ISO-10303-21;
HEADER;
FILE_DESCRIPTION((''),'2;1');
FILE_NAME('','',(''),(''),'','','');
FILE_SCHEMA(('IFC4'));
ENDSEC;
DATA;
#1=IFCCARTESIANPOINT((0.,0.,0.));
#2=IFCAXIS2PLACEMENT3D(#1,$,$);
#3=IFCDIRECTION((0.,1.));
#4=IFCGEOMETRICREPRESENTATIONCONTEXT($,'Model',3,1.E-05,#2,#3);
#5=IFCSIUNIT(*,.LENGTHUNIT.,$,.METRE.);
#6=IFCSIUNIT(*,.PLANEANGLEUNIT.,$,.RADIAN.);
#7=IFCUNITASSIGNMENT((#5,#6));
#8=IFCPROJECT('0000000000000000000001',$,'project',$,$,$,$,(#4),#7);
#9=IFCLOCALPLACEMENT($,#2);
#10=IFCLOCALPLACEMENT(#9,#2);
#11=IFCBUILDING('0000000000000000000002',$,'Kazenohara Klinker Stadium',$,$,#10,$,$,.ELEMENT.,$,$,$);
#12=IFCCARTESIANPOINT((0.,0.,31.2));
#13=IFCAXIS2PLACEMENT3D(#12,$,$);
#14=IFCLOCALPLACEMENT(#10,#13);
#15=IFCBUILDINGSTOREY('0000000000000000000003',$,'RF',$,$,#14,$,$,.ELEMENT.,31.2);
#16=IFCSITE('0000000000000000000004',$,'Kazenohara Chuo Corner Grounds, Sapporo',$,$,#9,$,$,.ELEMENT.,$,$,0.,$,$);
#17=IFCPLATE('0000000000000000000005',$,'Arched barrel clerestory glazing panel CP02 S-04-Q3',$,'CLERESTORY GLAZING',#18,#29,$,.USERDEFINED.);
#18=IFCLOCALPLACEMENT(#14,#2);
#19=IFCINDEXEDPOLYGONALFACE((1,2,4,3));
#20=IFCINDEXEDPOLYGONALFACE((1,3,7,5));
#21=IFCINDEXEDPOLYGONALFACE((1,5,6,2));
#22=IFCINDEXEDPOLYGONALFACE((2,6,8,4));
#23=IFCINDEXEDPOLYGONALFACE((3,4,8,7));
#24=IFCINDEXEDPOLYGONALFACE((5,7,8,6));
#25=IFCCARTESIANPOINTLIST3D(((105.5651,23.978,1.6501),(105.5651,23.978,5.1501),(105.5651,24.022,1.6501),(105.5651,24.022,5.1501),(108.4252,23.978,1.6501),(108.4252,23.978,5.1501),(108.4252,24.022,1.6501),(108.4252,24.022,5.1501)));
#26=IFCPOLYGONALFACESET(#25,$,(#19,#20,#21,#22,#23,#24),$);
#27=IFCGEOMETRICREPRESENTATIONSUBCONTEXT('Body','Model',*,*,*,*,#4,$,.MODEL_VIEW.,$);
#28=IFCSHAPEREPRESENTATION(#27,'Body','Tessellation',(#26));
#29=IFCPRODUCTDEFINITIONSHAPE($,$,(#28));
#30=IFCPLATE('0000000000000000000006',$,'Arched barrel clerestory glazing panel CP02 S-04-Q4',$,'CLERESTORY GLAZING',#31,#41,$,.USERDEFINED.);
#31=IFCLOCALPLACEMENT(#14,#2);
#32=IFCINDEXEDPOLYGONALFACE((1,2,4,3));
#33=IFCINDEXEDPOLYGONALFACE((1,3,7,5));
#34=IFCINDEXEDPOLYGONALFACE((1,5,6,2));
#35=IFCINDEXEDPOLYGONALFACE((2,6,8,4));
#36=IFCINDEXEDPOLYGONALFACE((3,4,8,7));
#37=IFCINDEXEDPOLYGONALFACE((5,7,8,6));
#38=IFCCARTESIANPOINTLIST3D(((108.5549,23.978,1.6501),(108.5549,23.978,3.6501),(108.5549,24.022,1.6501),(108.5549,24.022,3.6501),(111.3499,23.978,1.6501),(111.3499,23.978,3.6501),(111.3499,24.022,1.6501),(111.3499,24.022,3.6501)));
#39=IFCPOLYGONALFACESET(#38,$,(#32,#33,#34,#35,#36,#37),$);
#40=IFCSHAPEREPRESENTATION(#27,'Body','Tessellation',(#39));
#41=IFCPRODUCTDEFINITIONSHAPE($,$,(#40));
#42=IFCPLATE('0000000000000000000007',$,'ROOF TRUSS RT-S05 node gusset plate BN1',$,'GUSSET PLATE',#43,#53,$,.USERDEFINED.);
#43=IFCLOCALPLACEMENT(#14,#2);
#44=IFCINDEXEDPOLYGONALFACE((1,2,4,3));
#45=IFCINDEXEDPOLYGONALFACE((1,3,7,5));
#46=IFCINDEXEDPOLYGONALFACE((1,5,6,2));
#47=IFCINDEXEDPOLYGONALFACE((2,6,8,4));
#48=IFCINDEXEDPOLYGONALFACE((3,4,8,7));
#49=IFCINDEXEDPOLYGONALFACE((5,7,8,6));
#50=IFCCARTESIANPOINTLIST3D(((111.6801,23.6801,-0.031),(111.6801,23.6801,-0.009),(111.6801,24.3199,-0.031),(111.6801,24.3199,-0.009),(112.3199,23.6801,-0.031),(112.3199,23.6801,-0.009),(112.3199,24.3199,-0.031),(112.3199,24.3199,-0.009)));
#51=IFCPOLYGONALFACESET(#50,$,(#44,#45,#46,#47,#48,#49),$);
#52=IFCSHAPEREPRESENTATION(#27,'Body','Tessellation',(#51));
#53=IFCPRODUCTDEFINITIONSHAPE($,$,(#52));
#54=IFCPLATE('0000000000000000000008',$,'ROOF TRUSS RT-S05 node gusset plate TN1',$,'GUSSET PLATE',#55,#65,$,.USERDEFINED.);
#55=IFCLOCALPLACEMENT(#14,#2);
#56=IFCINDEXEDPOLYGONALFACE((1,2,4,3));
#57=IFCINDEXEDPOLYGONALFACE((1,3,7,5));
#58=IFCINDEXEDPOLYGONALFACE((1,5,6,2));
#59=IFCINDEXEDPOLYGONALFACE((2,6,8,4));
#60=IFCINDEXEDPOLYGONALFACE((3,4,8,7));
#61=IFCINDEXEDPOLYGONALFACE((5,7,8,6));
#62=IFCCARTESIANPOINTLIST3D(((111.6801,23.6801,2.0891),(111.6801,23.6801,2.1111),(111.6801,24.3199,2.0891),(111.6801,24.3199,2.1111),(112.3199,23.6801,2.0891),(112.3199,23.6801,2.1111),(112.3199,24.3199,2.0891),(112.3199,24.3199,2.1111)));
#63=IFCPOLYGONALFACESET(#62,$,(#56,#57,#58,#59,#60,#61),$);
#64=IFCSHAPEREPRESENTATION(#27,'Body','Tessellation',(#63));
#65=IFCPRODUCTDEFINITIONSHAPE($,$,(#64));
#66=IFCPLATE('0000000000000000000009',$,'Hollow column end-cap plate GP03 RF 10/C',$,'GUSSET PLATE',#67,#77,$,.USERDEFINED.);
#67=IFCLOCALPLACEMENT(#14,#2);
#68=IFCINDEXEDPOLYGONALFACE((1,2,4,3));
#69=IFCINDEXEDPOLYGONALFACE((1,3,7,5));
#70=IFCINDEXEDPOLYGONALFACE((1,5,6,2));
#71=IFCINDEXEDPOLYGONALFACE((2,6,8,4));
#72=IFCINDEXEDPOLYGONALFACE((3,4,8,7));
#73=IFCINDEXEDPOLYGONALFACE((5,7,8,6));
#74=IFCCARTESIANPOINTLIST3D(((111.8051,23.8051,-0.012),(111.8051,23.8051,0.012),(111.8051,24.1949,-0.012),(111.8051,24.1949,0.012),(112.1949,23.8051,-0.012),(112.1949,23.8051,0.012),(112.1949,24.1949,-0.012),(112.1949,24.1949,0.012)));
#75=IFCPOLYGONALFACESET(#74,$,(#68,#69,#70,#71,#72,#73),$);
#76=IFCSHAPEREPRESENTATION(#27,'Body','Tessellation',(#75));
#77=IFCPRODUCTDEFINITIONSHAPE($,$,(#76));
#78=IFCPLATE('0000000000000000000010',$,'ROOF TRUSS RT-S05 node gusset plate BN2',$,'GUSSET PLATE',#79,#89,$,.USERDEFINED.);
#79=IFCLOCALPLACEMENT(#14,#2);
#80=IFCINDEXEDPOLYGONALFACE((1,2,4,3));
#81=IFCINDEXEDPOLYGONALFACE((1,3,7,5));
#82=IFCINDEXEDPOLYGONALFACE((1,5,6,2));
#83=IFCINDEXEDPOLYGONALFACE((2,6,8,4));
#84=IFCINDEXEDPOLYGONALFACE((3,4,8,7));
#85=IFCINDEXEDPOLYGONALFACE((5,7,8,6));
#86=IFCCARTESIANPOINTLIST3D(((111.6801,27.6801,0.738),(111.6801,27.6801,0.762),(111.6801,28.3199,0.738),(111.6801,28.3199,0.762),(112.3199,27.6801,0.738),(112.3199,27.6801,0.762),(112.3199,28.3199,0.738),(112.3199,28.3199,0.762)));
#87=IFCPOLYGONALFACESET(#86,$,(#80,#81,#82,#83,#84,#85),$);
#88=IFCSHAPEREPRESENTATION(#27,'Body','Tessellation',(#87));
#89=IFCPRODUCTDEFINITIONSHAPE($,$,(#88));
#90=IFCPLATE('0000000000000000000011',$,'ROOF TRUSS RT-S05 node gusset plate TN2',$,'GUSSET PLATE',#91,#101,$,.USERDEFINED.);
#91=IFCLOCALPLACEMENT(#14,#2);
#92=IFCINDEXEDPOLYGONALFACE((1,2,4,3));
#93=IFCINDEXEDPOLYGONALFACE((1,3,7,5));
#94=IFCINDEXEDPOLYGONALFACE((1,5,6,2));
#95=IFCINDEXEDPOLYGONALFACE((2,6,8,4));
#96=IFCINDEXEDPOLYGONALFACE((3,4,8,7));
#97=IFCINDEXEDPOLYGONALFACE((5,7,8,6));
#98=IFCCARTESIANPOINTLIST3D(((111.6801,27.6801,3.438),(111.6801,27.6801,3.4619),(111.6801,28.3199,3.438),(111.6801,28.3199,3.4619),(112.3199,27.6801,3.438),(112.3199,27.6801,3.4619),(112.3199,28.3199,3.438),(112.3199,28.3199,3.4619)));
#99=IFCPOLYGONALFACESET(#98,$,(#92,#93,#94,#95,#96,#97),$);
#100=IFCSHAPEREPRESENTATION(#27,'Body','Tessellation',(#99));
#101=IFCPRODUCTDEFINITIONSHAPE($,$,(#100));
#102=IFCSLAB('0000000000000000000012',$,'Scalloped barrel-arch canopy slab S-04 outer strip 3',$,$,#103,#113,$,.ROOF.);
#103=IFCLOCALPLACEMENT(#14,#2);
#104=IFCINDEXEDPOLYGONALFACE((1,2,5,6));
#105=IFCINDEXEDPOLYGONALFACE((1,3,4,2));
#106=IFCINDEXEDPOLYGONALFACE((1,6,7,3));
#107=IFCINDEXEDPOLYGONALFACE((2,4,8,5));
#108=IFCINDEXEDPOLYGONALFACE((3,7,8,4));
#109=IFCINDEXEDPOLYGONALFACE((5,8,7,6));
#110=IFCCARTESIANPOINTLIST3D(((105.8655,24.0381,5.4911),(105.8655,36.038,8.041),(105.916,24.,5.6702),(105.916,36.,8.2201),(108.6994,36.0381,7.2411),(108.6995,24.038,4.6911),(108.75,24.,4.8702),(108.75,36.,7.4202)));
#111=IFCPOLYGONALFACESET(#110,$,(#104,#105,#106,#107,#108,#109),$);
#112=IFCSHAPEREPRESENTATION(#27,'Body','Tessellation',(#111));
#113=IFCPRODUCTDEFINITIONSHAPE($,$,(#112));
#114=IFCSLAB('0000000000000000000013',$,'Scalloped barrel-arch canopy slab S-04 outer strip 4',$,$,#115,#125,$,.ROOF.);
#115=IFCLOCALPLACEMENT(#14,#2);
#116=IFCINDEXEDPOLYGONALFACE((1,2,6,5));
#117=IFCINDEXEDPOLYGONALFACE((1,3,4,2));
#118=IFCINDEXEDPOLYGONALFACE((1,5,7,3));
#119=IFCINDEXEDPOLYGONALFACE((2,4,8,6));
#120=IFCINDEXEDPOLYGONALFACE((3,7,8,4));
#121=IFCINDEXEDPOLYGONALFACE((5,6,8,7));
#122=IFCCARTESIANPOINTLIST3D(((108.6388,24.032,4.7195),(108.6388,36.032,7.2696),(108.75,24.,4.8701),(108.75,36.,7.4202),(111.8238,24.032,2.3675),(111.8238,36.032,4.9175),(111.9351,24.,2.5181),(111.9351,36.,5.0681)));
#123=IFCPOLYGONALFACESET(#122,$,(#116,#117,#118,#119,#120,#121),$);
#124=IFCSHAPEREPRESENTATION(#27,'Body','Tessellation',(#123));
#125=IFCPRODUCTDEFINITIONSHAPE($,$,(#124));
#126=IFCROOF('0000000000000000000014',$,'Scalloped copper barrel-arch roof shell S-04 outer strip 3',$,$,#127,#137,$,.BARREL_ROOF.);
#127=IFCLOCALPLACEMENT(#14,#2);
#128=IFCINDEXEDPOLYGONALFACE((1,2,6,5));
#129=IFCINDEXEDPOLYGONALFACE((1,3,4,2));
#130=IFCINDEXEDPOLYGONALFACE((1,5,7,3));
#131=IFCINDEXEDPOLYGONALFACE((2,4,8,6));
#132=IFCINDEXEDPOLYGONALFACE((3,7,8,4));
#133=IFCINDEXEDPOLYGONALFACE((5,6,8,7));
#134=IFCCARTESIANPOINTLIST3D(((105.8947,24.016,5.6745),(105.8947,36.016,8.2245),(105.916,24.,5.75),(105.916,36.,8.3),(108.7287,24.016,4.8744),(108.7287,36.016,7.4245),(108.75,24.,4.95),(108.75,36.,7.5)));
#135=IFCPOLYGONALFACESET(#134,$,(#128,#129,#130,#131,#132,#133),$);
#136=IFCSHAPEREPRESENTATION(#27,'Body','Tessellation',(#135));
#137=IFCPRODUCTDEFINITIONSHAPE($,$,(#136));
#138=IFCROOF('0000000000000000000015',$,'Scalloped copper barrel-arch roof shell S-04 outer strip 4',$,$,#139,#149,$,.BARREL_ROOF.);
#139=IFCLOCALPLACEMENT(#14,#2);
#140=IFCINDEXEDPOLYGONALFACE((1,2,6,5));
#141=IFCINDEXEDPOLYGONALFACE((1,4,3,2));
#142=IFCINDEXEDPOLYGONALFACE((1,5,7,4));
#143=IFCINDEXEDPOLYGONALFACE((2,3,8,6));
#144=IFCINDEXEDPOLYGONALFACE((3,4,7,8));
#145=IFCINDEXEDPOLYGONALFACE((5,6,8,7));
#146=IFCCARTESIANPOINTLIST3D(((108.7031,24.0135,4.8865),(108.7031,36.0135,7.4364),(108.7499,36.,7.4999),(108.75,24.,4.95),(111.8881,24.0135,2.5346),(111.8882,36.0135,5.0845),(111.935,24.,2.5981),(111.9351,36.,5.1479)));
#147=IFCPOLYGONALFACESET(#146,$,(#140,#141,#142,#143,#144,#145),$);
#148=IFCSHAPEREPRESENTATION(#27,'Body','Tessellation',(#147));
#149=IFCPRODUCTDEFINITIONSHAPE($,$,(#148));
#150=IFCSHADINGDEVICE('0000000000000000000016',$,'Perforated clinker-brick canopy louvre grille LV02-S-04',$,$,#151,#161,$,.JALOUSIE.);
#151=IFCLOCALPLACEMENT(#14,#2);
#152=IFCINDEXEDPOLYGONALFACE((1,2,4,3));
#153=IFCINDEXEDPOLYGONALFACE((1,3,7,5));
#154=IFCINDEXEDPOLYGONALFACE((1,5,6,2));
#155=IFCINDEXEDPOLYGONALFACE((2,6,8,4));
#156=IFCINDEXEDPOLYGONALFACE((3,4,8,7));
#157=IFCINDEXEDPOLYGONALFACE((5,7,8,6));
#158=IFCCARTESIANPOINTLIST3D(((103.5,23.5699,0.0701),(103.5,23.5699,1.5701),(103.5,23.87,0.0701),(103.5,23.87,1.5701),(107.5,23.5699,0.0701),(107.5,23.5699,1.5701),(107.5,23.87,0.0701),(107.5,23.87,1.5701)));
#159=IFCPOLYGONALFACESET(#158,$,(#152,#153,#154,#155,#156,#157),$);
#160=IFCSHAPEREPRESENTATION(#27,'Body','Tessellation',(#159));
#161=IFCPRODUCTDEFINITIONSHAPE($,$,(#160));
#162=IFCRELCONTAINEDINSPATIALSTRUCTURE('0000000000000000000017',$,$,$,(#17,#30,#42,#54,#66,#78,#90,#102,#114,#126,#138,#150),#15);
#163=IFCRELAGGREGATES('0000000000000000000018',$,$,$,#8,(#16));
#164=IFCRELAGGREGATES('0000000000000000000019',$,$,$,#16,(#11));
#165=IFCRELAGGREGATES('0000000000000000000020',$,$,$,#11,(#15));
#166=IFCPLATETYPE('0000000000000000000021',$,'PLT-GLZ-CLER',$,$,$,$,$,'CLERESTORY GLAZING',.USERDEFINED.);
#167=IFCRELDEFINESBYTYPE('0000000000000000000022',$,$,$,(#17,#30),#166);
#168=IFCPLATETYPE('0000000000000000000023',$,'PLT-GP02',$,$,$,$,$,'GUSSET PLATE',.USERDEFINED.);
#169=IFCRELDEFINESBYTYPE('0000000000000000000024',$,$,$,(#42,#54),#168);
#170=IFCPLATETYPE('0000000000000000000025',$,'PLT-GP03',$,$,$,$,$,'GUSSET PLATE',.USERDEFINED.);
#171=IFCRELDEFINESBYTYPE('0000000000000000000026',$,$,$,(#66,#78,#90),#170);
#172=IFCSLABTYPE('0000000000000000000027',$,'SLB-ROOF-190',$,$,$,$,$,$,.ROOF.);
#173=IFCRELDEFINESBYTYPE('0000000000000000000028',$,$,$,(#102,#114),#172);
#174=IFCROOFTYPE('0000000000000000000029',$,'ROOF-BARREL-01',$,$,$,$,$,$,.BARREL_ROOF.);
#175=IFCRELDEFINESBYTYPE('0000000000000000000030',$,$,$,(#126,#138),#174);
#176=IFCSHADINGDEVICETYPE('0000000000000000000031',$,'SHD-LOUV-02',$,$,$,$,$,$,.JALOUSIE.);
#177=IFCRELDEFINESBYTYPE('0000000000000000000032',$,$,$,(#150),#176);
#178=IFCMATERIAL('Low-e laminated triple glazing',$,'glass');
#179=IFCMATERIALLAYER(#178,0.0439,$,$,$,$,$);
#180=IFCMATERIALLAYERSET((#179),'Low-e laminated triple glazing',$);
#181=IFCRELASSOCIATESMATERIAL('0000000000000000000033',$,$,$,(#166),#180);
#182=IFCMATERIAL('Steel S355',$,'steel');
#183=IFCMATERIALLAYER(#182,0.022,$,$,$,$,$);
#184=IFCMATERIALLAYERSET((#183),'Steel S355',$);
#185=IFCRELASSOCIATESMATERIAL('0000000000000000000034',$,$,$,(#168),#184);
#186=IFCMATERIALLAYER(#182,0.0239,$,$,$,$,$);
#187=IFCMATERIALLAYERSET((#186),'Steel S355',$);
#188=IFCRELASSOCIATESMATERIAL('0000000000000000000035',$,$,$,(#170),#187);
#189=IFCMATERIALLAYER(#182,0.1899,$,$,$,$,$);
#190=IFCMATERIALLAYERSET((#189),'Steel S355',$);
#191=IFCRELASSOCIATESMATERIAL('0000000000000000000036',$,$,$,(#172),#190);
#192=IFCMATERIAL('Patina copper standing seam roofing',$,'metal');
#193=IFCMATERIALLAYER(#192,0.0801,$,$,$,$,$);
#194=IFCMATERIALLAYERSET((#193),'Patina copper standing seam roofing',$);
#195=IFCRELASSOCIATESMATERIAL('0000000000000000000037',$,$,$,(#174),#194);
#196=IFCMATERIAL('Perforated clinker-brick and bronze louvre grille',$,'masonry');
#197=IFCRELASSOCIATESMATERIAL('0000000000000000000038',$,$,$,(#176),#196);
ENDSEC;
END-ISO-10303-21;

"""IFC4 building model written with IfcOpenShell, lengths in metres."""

from ifc_helpers import new_model, si_unit, direction, frame, origin, origin_2d, place, context, subcontext, project, spatial, polyline, rectangle, outline, extrude, material, layer, layer_set, type_object, element, save


model = new_model("IFC4")

# Units and contexts
model_context = context("Model", 3, precision=1e-05, world=origin(), true_north=direction((0.0, 1.0)))
body_context = subcontext(model_context, "Body", "Model", "MODEL_VIEW")
ifc_project = project(units=[si_unit("LENGTHUNIT", "METRE"), si_unit("PLANEANGLEUNIT", "RADIAN")], contexts=[model_context])

# Site, building, storey
site_placement = place(None, origin())
site = spatial("IfcSite", under=ifc_project, at=site_placement, Name="Kazenohara Chuo Corner Grounds, Sapporo", CompositionType="ELEMENT", RefElevation=0.0)
building_placement = place(site_placement, origin())
building = spatial("IfcBuilding", under=site, at=building_placement, Name="Kazenohara Klinker Stadium", CompositionType="ELEMENT")
storey_placement = place(building_placement, frame((0.0, 0.0, 31.2)))
storey = spatial("IfcBuildingStorey", under=building, at=storey_placement, Name="RF", CompositionType="ELEMENT", Elevation=31.2)

# Shared definitions
ifc_material_1 = material(Name="Steel S355", Category="steel")

# Plates
ifc_material_2 = material(Name="Low-e laminated triple glazing", Category="glass")
ifc_layer_1 = layer(ifc_material_2, 0.0439)
ifc_layer_set_1 = layer_set([ifc_layer_1], Name="Low-e laminated triple glazing")
plate_type_1 = type_object("IfcPlateType", Name="PLT-GLZ-CLER", ElementType="CLERESTORY GLAZING", PredefinedType="USERDEFINED", material=ifc_layer_set_1)
plate_1_placement = place(storey_placement, frame((106.9951, 24.0, 1.6501), z_axis=(0.0, 0.0, 1.0), x_axis=(1.0, 0.0, 0.0)))
element("IfcPlate", 1, at=plate_1_placement, inside=storey, type_object=plate_type_1, Name="Arched barrel clerestory glazing panel CP02 S-04-Q3", ObjectType="CLERESTORY GLAZING", PredefinedType="USERDEFINED", context=body_context, shape_type="SweptSolid", body=[
    extrude(rectangle(XDim=2.8601, YDim=0.0439, at=origin_2d()), origin(), (0.0, 0.0, 1.0), 3.5),
])
plate_2_placement = place(storey_placement, frame((109.9524, 24.0, 1.6501), z_axis=(0.0, 0.0, 1.0), x_axis=(1.0, 0.0, 0.0)))
element("IfcPlate", 2, at=plate_2_placement, inside=storey, type_object=plate_type_1, Name="Arched barrel clerestory glazing panel CP02 S-04-Q4", ObjectType="CLERESTORY GLAZING", PredefinedType="USERDEFINED", context=body_context, shape_type="SweptSolid", body=[
    extrude(rectangle(XDim=2.7949, YDim=0.0439, at=origin_2d()), origin(), (0.0, 0.0, 1.0), 2.0),
])
ifc_layer_2 = layer(ifc_material_1, 0.022)
ifc_layer_set_2 = layer_set([ifc_layer_2], Name="Steel S355")
plate_type_2 = type_object("IfcPlateType", Name="PLT-GP02", ElementType="GUSSET PLATE", PredefinedType="USERDEFINED", material=ifc_layer_set_2)
for number, where, z_axis, x_axis, name in (
    (3, (112.0, 24.0, -0.031), (0.0, 0.0, 1.0), (1.0, 0.0, 0.0), "ROOF TRUSS RT-S05 node gusset plate BN1"),
    (4, (112.0, 24.0, 2.0891), (0.0, 0.0, 1.0), (1.0, 0.0, 0.0), "ROOF TRUSS RT-S05 node gusset plate TN1"),
):
    element("IfcPlate", number, at=place(storey_placement, frame(where, z_axis=z_axis, x_axis=x_axis)), inside=storey, type_object=plate_type_2, Name=name, ObjectType="GUSSET PLATE", PredefinedType="USERDEFINED", context=body_context, shape_type="SweptSolid", body=[
        extrude(rectangle(XDim=0.6399, YDim=0.6399, at=origin_2d()), origin(), (0.0, 0.0, 1.0), 0.022),
    ])
ifc_layer_3 = layer(ifc_material_1, 0.0239)
ifc_layer_set_3 = layer_set([ifc_layer_3], Name="Steel S355")
plate_type_3 = type_object("IfcPlateType", Name="PLT-GP03", ElementType="GUSSET PLATE", PredefinedType="USERDEFINED", material=ifc_layer_set_3)
plate_3_placement = place(storey_placement, frame((112.0, 24.0, -0.012), z_axis=(0.0, 0.0, 1.0), x_axis=(1.0, 0.0, 0.0)))
element("IfcPlate", 5, at=plate_3_placement, inside=storey, type_object=plate_type_3, Name="Hollow column end-cap plate GP03 RF 10/C", ObjectType="GUSSET PLATE", PredefinedType="USERDEFINED", context=body_context, shape_type="SweptSolid", body=[
    extrude(rectangle(XDim=0.3899, YDim=0.3899, at=origin_2d()), origin(), (0.0, 0.0, 1.0), 0.0239),
])
for number, where, z_axis, x_axis, name in (
    (6, (112.0, 28.0, 0.738), (0.0, 0.0, 1.0), (1.0, 0.0, 0.0), "ROOF TRUSS RT-S05 node gusset plate BN2"),
    (7, (112.0, 28.0, 3.438), (0.0, 0.0, 1.0), (1.0, 0.0, 0.0), "ROOF TRUSS RT-S05 node gusset plate TN2"),
):
    element("IfcPlate", number, at=place(storey_placement, frame(where, z_axis=z_axis, x_axis=x_axis)), inside=storey, type_object=plate_type_3, Name=name, ObjectType="GUSSET PLATE", PredefinedType="USERDEFINED", context=body_context, shape_type="SweptSolid", body=[
        extrude(rectangle(XDim=0.6399, YDim=0.6399, at=origin_2d()), origin(), (0.0, 0.0, 1.0), 0.0239),
    ])

# Slabs
ifc_layer_4 = layer(ifc_material_1, 0.1899)
ifc_layer_set_4 = layer_set([ifc_layer_4], Name="Steel S355")
slab_type = type_object("IfcSlabType", Name="SLB-ROOF-190", PredefinedType="ROOF", material=ifc_layer_set_4)
slab_1_placement = place(storey_placement, frame((105.916, 24.0, 5.6702), z_axis=(0.26614, -0.200357, 0.942882), x_axis=(0.000002, 0.97816, 0.207852)))
element("IfcSlab", 8, at=slab_1_placement, inside=storey, type_object=slab_type, Name="Scalloped barrel-arch canopy slab S-04 outer strip 3", PredefinedType="ROOF", context=body_context, shape_type="SweptSolid", body=[
    extrude(outline(polyline([(0.0, 0.0), (12.2679, 0.0), (12.1017, -2.94), (-0.1663, -2.9401), (0.0, 0.0)])), origin(), (0.0, 0.0, -1.0), 0.1899),
])
slab_2_placement = place(storey_placement, frame((108.75, 24.0, 4.8701), z_axis=(0.58555, -0.168501, 0.79293), x_axis=(0.0, 0.978158, 0.207863)))
element("IfcSlab", 9, at=slab_2_placement, inside=storey, type_object=slab_type, Name="Scalloped barrel-arch canopy slab S-04 outer strip 4", PredefinedType="ROOF", context=body_context, shape_type="SweptSolid", body=[
    extrude(outline(polyline([(0.0, 0.0), (12.268, 0.0), (11.7791, -3.9291), (-0.4889, -3.9291), (0.0, 0.0)])), origin(), (0.0, 0.0, -1.0), 0.1899),
])

# Roofs
ifc_material_3 = material(Name="Patina copper standing seam roofing", Category="metal")
ifc_layer_5 = layer(ifc_material_3, 0.0801)
ifc_layer_set_5 = layer_set([ifc_layer_5], Name="Patina copper standing seam roofing")
roof_type = type_object("IfcRoofType", Name="ROOF-BARREL-01", PredefinedType="BARREL_ROOF", material=ifc_layer_set_5)
roof_1_placement = place(storey_placement, frame((105.916, 24.0, 5.75), z_axis=(0.266177, -0.200364, 0.94287), x_axis=(0.0, 0.978158, 0.207863)))
element("IfcRoof", 10, at=roof_1_placement, inside=storey, type_object=roof_type, Name="Scalloped copper barrel-arch roof shell S-04 outer strip 3", PredefinedType="BARREL_ROOF", context=body_context, shape_type="SweptSolid", body=[
    extrude(outline(polyline([(0.0, 0.0), (12.268, 0.0), (12.1017, -2.94), (-0.1663, -2.94), (0.0, 0.0)])), origin(), (0.0, 0.0, -1.0), 0.0801),
])
roof_2_placement = place(storey_placement, frame((108.75, 24.0, 4.95), z_axis=(0.585531, -0.168496, 0.792945), x_axis=(-0.000005, 0.978159, 0.207856)))
element("IfcRoof", 11, at=roof_2_placement, inside=storey, type_object=roof_type, Name="Scalloped copper barrel-arch roof shell S-04 outer strip 4", PredefinedType="BARREL_ROOF", context=body_context, shape_type="SweptSolid", body=[
    extrude(outline(polyline([(0.0, 0.0), (12.268, 0.0), (11.7791, -3.9291), (-0.4889, -3.9289), (0.0, 0.0)])), origin(), (0.0, 0.0, -1.0), 0.0801),
])

# Shading device
ifc_material_4 = material(Name="Perforated clinker-brick and bronze louvre grille", Category="masonry")
shading_device_type = type_object("IfcShadingDeviceType", Name="SHD-LOUV-02", PredefinedType="JALOUSIE", material=ifc_material_4)
shading_device_placement = place(storey_placement, frame((105.5, 23.72, 0.0701), z_axis=(0.0, 0.0, 1.0), x_axis=(1.0, 0.0, 0.0)))
element("IfcShadingDevice", 12, at=shading_device_placement, inside=storey, type_object=shading_device_type, Name="Perforated clinker-brick canopy louvre grille LV02-S-04", PredefinedType="JALOUSIE", context=body_context, shape_type="SweptSolid", body=[
    extrude(rectangle(XDim=4.0, YDim=0.3, at=origin_2d()), origin(), (0.0, 0.0, 1.0), 1.5),
])

save(model, "model.ifc")
